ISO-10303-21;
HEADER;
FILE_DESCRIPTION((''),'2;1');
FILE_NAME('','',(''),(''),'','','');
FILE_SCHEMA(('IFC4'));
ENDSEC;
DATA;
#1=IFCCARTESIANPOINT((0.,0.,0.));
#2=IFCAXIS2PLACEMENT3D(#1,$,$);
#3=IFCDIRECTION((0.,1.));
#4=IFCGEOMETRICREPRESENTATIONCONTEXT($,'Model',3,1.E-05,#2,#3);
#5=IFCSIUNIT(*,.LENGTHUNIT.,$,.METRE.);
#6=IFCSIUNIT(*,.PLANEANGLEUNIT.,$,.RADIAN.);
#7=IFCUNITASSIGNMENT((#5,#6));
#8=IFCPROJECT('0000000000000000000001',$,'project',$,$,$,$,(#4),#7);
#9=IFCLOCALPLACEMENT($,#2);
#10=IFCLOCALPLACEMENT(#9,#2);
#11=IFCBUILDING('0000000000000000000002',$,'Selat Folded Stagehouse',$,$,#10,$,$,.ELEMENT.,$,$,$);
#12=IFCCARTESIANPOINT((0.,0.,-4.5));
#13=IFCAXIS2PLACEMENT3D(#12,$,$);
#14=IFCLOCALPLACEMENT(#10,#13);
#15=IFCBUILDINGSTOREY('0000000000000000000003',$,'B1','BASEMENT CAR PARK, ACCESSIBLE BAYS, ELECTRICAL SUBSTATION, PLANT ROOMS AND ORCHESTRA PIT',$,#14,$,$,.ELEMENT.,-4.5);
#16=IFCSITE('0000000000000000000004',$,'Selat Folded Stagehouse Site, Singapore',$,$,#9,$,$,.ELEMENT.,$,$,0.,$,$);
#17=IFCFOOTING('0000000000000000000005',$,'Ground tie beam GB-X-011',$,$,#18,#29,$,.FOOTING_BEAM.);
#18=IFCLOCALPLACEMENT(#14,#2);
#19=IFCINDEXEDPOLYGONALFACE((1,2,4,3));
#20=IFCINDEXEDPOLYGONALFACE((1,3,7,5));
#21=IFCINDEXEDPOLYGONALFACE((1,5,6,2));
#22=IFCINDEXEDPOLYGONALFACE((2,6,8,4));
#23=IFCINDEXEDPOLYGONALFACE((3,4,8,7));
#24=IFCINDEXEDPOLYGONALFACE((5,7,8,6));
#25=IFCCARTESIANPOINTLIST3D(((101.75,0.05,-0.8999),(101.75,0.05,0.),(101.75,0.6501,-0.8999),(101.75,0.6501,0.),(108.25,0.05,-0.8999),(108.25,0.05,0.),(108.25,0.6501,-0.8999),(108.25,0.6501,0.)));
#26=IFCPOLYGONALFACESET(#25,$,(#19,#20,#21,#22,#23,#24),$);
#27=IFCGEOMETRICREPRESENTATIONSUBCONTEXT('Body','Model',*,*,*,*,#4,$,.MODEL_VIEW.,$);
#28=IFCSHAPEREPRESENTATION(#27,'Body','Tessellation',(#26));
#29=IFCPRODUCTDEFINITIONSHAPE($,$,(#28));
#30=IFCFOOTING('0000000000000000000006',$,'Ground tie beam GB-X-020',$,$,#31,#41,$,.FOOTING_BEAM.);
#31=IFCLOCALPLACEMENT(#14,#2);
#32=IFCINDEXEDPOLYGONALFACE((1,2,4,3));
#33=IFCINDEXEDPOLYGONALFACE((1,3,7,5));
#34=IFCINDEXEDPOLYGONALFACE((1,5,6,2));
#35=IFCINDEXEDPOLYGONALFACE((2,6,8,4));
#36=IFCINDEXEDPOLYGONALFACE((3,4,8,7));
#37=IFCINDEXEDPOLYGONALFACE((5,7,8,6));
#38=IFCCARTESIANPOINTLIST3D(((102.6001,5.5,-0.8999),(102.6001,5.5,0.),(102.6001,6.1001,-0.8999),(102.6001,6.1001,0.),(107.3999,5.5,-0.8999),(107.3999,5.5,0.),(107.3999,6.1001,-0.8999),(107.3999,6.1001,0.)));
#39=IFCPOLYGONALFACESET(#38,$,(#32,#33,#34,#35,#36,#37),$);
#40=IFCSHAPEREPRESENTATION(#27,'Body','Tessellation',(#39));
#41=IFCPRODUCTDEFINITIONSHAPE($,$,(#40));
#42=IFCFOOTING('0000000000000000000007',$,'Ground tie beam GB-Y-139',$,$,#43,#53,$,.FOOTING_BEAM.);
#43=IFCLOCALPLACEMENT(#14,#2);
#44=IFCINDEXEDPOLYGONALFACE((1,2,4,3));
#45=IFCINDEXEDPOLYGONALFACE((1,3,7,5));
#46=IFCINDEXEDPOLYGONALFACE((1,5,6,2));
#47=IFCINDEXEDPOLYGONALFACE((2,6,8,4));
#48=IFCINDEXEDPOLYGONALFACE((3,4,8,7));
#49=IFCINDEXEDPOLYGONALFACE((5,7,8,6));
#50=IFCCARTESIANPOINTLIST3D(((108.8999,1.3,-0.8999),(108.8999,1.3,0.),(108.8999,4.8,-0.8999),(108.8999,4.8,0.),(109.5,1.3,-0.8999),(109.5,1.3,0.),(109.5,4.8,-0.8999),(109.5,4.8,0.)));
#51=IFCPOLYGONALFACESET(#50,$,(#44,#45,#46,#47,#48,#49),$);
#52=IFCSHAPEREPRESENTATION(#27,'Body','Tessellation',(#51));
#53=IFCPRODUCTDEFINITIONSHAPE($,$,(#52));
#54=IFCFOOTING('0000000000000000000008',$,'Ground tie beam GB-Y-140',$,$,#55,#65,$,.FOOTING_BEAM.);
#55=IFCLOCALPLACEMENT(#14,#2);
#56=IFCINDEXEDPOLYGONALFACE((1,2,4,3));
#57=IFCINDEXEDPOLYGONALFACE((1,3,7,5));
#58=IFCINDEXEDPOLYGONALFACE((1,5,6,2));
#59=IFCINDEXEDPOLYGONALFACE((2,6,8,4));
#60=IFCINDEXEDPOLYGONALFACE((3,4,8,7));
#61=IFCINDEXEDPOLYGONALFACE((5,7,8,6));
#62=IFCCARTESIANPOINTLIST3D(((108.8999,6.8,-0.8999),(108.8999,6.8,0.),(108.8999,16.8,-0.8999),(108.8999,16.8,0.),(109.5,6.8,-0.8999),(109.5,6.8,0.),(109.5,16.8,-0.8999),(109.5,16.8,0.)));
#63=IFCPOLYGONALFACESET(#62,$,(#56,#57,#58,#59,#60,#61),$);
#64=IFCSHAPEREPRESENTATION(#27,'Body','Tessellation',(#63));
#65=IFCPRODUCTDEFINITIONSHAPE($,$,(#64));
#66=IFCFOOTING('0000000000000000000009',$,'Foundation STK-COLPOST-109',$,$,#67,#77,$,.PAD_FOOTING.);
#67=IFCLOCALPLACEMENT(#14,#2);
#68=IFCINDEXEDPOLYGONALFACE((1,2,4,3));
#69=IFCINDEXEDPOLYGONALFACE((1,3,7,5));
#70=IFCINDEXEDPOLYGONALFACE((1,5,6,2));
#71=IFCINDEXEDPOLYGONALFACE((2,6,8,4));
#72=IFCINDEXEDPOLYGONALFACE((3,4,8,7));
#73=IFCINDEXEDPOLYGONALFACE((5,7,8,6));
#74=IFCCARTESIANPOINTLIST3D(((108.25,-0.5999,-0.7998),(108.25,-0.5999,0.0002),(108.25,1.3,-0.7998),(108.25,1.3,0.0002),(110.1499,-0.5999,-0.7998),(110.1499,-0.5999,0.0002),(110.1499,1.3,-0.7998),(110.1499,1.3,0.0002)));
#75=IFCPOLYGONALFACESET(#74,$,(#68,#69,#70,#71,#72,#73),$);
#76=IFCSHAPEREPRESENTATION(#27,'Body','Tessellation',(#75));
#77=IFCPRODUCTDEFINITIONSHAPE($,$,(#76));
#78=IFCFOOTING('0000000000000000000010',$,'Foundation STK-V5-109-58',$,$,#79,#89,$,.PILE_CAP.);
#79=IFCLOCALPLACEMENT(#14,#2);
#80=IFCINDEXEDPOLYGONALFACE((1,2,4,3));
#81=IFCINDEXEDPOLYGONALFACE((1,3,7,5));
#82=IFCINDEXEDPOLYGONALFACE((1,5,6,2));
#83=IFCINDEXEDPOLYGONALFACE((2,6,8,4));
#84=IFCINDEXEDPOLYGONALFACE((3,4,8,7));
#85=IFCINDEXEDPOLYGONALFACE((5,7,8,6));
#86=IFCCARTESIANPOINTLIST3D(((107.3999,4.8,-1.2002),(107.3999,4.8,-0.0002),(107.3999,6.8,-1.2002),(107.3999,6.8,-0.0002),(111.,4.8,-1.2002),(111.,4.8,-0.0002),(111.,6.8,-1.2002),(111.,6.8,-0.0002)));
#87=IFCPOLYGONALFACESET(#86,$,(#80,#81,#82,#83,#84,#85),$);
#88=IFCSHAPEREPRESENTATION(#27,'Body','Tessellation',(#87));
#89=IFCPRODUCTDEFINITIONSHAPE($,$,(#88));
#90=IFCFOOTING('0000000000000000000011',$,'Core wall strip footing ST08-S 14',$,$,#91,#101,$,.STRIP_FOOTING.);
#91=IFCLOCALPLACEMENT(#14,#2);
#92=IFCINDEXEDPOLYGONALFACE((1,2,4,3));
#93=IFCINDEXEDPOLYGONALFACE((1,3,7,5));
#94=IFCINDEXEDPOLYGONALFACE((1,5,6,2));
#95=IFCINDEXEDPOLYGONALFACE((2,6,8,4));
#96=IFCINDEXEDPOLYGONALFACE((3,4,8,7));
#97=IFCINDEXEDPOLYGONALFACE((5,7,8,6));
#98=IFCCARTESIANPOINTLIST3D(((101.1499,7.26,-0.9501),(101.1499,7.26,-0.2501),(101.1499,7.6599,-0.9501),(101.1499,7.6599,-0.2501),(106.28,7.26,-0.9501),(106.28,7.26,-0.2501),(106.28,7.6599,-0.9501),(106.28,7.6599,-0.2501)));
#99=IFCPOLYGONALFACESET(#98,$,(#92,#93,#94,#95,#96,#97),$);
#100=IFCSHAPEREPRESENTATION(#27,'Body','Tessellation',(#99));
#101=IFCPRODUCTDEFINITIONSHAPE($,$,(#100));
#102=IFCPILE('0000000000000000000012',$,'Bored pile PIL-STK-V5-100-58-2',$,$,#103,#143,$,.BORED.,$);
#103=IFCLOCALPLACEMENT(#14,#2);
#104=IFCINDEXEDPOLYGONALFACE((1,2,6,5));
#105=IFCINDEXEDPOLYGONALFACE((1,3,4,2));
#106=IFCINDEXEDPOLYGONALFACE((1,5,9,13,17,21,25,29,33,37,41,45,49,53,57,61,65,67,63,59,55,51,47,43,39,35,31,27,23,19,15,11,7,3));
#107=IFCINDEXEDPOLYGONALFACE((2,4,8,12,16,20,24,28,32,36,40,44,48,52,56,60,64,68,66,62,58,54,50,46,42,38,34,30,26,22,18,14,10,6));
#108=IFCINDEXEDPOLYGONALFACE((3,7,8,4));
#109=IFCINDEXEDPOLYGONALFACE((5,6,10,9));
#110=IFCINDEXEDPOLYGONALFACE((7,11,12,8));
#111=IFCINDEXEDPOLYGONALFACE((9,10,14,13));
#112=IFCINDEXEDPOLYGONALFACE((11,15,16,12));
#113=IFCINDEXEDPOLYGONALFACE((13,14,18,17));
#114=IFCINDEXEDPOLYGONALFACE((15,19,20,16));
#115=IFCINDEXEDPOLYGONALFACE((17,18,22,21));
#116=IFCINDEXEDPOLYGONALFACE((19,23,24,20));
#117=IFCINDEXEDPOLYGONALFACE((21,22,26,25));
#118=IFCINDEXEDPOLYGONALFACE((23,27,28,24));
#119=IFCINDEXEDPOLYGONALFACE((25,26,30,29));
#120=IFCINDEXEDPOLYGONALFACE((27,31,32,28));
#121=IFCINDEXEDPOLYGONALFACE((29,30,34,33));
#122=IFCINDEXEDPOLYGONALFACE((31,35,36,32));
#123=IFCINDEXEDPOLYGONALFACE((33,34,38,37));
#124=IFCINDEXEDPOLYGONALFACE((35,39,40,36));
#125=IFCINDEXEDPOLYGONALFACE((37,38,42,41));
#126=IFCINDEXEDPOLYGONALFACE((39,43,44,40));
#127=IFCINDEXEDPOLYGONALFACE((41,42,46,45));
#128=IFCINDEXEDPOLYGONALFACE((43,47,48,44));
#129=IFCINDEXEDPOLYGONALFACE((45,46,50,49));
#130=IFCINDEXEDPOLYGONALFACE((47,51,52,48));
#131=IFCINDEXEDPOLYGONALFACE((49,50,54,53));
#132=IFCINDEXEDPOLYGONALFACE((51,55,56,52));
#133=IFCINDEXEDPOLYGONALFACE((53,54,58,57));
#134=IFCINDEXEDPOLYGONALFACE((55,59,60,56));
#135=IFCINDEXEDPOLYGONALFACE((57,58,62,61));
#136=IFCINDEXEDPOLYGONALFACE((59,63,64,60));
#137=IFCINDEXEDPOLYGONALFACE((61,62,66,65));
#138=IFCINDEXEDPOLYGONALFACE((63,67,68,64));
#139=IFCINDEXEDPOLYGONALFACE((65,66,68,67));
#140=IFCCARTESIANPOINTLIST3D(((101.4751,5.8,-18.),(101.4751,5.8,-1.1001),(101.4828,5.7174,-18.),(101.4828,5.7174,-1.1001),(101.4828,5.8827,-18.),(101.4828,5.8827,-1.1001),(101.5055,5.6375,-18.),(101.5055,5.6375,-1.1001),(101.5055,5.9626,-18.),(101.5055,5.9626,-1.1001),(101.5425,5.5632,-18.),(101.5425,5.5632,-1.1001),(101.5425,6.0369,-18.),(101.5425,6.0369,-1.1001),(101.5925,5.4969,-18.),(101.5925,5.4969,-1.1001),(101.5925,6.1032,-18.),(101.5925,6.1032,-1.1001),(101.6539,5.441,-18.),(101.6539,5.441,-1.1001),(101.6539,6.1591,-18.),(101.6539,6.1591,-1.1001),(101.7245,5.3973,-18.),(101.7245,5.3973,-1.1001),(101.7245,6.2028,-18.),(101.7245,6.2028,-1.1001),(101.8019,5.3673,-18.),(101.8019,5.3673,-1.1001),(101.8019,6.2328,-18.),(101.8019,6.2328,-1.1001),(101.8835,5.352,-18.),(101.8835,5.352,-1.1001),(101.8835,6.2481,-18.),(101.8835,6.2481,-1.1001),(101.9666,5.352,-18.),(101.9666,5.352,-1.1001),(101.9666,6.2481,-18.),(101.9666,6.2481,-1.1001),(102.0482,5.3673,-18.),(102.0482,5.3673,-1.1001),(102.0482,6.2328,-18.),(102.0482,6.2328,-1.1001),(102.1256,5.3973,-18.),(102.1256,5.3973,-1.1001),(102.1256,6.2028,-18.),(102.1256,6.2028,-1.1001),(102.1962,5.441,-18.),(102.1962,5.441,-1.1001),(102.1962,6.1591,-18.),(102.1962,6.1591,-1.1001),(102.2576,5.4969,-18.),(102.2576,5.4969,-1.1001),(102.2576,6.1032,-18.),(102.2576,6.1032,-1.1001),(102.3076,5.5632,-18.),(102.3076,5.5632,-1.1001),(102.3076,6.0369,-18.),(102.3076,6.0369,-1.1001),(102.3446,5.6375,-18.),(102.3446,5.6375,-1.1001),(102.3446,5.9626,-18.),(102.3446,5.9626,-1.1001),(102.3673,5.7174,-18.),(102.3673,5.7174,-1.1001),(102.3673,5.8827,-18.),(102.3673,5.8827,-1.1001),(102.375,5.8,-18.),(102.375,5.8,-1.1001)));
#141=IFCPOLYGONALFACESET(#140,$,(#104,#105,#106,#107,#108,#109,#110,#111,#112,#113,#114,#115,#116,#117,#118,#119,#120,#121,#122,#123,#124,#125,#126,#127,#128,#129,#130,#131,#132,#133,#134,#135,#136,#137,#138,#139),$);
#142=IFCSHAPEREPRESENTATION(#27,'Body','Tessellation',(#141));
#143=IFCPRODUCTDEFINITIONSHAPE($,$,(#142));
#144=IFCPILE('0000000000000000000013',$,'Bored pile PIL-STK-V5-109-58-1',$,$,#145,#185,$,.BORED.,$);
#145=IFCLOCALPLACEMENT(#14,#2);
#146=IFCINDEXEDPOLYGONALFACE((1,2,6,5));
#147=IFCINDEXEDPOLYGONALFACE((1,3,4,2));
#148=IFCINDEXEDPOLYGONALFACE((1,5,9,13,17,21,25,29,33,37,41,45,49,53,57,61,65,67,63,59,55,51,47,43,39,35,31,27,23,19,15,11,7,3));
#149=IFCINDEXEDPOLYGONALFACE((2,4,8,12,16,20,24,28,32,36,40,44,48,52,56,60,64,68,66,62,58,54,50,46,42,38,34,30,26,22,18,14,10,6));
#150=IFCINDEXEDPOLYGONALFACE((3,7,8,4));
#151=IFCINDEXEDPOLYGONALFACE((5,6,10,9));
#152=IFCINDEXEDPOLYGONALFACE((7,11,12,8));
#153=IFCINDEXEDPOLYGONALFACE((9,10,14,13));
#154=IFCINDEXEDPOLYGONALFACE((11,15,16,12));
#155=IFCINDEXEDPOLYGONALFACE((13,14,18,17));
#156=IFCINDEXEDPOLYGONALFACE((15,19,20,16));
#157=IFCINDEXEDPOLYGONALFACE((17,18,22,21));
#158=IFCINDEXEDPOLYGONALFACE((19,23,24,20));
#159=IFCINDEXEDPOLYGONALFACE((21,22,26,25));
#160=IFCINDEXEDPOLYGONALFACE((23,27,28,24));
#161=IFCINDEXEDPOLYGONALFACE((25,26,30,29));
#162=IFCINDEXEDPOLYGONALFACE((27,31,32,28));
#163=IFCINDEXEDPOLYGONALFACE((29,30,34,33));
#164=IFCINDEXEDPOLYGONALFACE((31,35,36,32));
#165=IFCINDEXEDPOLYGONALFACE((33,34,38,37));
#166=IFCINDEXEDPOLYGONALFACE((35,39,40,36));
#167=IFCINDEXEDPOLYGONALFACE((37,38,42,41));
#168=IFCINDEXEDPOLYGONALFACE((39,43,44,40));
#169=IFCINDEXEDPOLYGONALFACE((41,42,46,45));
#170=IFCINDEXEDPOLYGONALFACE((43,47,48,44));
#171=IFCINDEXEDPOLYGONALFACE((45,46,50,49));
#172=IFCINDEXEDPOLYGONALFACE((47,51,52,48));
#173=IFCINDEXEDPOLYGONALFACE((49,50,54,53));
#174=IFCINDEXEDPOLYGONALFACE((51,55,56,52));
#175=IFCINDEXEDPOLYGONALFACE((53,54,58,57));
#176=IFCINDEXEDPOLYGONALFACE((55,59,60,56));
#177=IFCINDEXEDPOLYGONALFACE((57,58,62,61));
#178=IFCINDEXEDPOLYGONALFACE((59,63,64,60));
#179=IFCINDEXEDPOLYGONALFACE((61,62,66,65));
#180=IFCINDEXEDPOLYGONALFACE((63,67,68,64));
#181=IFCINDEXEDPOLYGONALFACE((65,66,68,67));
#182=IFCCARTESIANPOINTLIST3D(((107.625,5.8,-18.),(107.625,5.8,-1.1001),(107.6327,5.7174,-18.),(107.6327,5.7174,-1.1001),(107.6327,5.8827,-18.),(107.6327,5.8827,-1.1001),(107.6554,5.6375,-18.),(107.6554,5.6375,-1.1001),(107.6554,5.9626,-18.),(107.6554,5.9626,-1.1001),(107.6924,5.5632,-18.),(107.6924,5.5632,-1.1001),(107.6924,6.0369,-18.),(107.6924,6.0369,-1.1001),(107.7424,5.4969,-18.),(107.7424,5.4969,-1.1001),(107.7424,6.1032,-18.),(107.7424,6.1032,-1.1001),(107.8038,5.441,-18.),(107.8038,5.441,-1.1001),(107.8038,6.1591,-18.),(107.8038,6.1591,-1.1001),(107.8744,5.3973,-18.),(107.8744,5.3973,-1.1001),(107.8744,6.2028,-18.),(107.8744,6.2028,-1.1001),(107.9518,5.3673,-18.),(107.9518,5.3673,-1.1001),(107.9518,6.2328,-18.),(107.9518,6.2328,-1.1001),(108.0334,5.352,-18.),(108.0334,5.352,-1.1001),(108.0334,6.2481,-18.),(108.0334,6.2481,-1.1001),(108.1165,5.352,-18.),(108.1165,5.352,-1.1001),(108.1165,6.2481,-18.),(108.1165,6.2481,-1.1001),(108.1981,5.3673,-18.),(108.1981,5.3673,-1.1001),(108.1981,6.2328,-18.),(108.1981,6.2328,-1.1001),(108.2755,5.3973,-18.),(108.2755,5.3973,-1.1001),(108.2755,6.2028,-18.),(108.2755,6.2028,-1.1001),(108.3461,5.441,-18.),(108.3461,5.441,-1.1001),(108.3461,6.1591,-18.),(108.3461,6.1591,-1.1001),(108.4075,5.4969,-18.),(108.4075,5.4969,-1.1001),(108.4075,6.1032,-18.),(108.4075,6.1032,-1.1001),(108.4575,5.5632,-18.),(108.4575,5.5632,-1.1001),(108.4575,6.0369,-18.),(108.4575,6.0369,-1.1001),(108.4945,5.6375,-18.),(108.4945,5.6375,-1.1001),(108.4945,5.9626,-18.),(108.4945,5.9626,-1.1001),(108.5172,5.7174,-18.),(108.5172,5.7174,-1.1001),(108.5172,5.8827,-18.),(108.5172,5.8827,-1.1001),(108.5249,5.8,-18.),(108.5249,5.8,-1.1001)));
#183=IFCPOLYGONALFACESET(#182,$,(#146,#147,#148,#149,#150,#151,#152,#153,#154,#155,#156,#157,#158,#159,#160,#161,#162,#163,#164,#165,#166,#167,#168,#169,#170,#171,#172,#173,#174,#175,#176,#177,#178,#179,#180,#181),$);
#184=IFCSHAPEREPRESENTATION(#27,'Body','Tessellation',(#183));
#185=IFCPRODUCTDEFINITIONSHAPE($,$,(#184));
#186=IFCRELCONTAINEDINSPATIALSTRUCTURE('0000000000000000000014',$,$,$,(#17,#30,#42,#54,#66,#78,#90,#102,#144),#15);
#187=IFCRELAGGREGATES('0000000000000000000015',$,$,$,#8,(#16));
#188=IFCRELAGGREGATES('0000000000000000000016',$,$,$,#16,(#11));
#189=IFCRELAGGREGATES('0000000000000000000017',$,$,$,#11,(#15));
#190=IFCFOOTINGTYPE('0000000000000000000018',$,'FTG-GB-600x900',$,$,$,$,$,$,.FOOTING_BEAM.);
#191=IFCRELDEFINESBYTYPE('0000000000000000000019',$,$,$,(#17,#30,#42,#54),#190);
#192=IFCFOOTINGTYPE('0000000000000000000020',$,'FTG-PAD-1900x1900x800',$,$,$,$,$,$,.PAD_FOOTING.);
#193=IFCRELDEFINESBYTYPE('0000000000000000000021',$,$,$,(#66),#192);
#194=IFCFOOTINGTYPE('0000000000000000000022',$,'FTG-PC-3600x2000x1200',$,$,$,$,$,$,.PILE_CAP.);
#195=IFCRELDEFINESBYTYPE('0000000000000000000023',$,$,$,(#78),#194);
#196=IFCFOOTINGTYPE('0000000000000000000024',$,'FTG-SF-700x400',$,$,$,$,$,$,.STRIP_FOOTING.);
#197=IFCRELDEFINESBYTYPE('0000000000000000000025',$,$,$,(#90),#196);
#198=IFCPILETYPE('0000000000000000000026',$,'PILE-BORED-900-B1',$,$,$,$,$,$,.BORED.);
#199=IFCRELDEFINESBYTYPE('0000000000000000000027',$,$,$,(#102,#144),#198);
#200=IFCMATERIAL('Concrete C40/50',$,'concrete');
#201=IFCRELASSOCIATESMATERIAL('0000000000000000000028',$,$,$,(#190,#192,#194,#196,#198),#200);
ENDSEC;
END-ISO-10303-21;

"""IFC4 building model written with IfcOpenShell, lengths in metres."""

from ifc_helpers import new_model, si_unit, direction, frame, origin, origin_2d, place, context, subcontext, project, spatial, rectangle, circle, extrude, material, material_profile, profile_set, type_object, element, save


model = new_model("IFC4")

# Units and contexts
model_context = context("Model", 3, precision=1e-05, world=origin(), true_north=direction((0.0, 1.0)))
body_context = subcontext(model_context, "Body", "Model", "MODEL_VIEW")
ifc_project = project(units=[si_unit("LENGTHUNIT", "METRE"), si_unit("PLANEANGLEUNIT", "RADIAN")], contexts=[model_context])

# Site, building, storey
site_placement = place(None, origin())
site = spatial("IfcSite", under=ifc_project, at=site_placement, Name="Selat Folded Stagehouse Site, Singapore", CompositionType="ELEMENT", RefElevation=0.0)
building_placement = place(site_placement, origin())
building = spatial("IfcBuilding", under=site, at=building_placement, Name="Selat Folded Stagehouse", CompositionType="ELEMENT")
storey_placement = place(building_placement, frame((0.0, 0.0, -4.5)))
storey = spatial("IfcBuildingStorey", under=building, at=storey_placement, Name="B1", Description="BASEMENT CAR PARK, ACCESSIBLE BAYS, ELECTRICAL SUBSTATION, PLANT ROOMS AND ORCHESTRA PIT", CompositionType="ELEMENT", Elevation=-4.5)

# Footings
ifc_material_1 = material(Name="Concrete C40/50", Category="concrete")
ifc_material_profile_1 = material_profile(ifc_material_1, rectangle(XDim=0.6001, YDim=0.8999, at=origin_2d()), Name="RC 900x600")
ifc_profile_set_1 = profile_set([ifc_material_profile_1], Name="Concrete C40/50")
footing_type_1 = type_object("IfcFootingType", Name="FTG-GB-600x900", PredefinedType="FOOTING_BEAM", material=ifc_profile_set_1)
footing_1_placement = place(storey_placement, frame((101.75, 0.3501, -0.45), z_axis=(1.0, 0.0, 0.0), x_axis=(0.0, 1.0, 0.0)))
element("IfcFooting", 1, at=footing_1_placement, inside=storey, type_object=footing_type_1, Name="Ground tie beam GB-X-011", PredefinedType="FOOTING_BEAM", context=body_context, shape_type="SweptSolid", body=[
    extrude(rectangle(XDim=0.6001, YDim=0.8999, at=origin_2d()), origin(), (0.0, 0.0, 1.0), 6.5),
])
footing_2_placement = place(storey_placement, frame((102.6001, 5.8, -0.45), z_axis=(1.0, 0.0, 0.0), x_axis=(0.0, 1.0, 0.0)))
element("IfcFooting", 2, at=footing_2_placement, inside=storey, type_object=footing_type_1, Name="Ground tie beam GB-X-020", PredefinedType="FOOTING_BEAM", context=body_context, shape_type="SweptSolid", body=[
    extrude(rectangle(XDim=0.6001, YDim=0.8999, at=origin_2d()), origin(), (0.0, 0.0, 1.0), 4.7998),
])
footing_3_placement = place(storey_placement, frame((109.2, 1.3, -0.45), z_axis=(0.0, 1.0, 0.0), x_axis=(-1.0, 0.0, 0.0)))
element("IfcFooting", 3, at=footing_3_placement, inside=storey, type_object=footing_type_1, Name="Ground tie beam GB-Y-139", PredefinedType="FOOTING_BEAM", context=body_context, shape_type="SweptSolid", body=[
    extrude(rectangle(XDim=0.6001, YDim=0.8999, at=origin_2d()), origin(), (0.0, 0.0, 1.0), 3.5),
])
footing_4_placement = place(storey_placement, frame((109.2, 6.8, -0.45), z_axis=(0.0, 1.0, 0.0), x_axis=(-1.0, 0.0, 0.0)))
element("IfcFooting", 4, at=footing_4_placement, inside=storey, type_object=footing_type_1, Name="Ground tie beam GB-Y-140", PredefinedType="FOOTING_BEAM", context=body_context, shape_type="SweptSolid", body=[
    extrude(rectangle(XDim=0.6001, YDim=0.8999, at=origin_2d()), origin(), (0.0, 0.0, 1.0), 10.0),
])
footing_type_2 = type_object("IfcFootingType", Name="FTG-PAD-1900x1900x800", PredefinedType="PAD_FOOTING", material=ifc_material_1)
footing_5_placement = place(storey_placement, frame((109.2, 0.3501, -0.7998), z_axis=(0.0, 0.0, 1.0), x_axis=(1.0, 0.0, 0.0)))
element("IfcFooting", 5, at=footing_5_placement, inside=storey, type_object=footing_type_2, Name="Foundation STK-COLPOST-109", PredefinedType="PAD_FOOTING", context=body_context, shape_type="SweptSolid", body=[
    extrude(rectangle(XDim=1.8999, YDim=1.8999, at=origin_2d()), origin(), (0.0, 0.0, 1.0), 0.8),
])
footing_type_3 = type_object("IfcFootingType", Name="FTG-PC-3600x2000x1200", PredefinedType="PILE_CAP", material=ifc_material_1)
footing_6_placement = place(storey_placement, frame((109.2, 5.8, -1.2002), z_axis=(0.0, 0.0, 1.0), x_axis=(1.0, 0.0, 0.0)))
element("IfcFooting", 6, at=footing_6_placement, inside=storey, type_object=footing_type_3, Name="Foundation STK-V5-109-58", PredefinedType="PILE_CAP", context=body_context, shape_type="SweptSolid", body=[
    extrude(rectangle(XDim=3.6001, YDim=2.0, at=origin_2d()), origin(), (0.0, 0.0, 1.0), 1.2),
])
ifc_material_profile_2 = material_profile(ifc_material_1, rectangle(XDim=0.3999, YDim=0.7, at=origin_2d()), Name="RC 700x400")
ifc_profile_set_2 = profile_set([ifc_material_profile_2], Name="Concrete C40/50")
footing_type_4 = type_object("IfcFootingType", Name="FTG-SF-700x400", PredefinedType="STRIP_FOOTING", material=ifc_profile_set_2)
footing_7_placement = place(storey_placement, frame((101.1499, 7.46, -0.6001), z_axis=(1.0, 0.0, 0.0), x_axis=(0.0, 1.0, 0.0)))
element("IfcFooting", 7, at=footing_7_placement, inside=storey, type_object=footing_type_4, Name="Core wall strip footing ST08-S 14", PredefinedType="STRIP_FOOTING", context=body_context, shape_type="SweptSolid", body=[
    extrude(rectangle(XDim=0.3999, YDim=0.7, at=origin_2d()), origin(), (0.0, 0.0, 1.0), 5.1301),
])

# Piles
ifc_material_profile_3 = material_profile(ifc_material_1, circle(Radius=0.45, at=origin_2d()), Name="PILE D900")
ifc_profile_set_3 = profile_set([ifc_material_profile_3], Name="Concrete C40/50")
pile_type = type_object("IfcPileType", Name="PILE-BORED-900-B1", PredefinedType="BORED", material=ifc_profile_set_3)
for number, where, z_axis, x_axis, name in (
    (8, (101.925, 5.8, -1.1001), (0.0, 0.0, -1.0), (1.0, 0.0, 0.0), "Bored pile PIL-STK-V5-100-58-2"),
    (9, (108.075, 5.8, -1.1001), (0.0, 0.0, -1.0), (1.0, 0.0, 0.0), "Bored pile PIL-STK-V5-109-58-1"),
):
    element("IfcPile", number, at=place(storey_placement, frame(where, z_axis=z_axis, x_axis=x_axis)), inside=storey, type_object=pile_type, Name=name, PredefinedType="BORED", context=body_context, shape_type="SweptSolid", body=[
        extrude(circle(Radius=0.45, at=origin_2d()), origin(), (0.0, 0.0, 1.0), 16.8999),
    ])

save(model, "model.ifc")
